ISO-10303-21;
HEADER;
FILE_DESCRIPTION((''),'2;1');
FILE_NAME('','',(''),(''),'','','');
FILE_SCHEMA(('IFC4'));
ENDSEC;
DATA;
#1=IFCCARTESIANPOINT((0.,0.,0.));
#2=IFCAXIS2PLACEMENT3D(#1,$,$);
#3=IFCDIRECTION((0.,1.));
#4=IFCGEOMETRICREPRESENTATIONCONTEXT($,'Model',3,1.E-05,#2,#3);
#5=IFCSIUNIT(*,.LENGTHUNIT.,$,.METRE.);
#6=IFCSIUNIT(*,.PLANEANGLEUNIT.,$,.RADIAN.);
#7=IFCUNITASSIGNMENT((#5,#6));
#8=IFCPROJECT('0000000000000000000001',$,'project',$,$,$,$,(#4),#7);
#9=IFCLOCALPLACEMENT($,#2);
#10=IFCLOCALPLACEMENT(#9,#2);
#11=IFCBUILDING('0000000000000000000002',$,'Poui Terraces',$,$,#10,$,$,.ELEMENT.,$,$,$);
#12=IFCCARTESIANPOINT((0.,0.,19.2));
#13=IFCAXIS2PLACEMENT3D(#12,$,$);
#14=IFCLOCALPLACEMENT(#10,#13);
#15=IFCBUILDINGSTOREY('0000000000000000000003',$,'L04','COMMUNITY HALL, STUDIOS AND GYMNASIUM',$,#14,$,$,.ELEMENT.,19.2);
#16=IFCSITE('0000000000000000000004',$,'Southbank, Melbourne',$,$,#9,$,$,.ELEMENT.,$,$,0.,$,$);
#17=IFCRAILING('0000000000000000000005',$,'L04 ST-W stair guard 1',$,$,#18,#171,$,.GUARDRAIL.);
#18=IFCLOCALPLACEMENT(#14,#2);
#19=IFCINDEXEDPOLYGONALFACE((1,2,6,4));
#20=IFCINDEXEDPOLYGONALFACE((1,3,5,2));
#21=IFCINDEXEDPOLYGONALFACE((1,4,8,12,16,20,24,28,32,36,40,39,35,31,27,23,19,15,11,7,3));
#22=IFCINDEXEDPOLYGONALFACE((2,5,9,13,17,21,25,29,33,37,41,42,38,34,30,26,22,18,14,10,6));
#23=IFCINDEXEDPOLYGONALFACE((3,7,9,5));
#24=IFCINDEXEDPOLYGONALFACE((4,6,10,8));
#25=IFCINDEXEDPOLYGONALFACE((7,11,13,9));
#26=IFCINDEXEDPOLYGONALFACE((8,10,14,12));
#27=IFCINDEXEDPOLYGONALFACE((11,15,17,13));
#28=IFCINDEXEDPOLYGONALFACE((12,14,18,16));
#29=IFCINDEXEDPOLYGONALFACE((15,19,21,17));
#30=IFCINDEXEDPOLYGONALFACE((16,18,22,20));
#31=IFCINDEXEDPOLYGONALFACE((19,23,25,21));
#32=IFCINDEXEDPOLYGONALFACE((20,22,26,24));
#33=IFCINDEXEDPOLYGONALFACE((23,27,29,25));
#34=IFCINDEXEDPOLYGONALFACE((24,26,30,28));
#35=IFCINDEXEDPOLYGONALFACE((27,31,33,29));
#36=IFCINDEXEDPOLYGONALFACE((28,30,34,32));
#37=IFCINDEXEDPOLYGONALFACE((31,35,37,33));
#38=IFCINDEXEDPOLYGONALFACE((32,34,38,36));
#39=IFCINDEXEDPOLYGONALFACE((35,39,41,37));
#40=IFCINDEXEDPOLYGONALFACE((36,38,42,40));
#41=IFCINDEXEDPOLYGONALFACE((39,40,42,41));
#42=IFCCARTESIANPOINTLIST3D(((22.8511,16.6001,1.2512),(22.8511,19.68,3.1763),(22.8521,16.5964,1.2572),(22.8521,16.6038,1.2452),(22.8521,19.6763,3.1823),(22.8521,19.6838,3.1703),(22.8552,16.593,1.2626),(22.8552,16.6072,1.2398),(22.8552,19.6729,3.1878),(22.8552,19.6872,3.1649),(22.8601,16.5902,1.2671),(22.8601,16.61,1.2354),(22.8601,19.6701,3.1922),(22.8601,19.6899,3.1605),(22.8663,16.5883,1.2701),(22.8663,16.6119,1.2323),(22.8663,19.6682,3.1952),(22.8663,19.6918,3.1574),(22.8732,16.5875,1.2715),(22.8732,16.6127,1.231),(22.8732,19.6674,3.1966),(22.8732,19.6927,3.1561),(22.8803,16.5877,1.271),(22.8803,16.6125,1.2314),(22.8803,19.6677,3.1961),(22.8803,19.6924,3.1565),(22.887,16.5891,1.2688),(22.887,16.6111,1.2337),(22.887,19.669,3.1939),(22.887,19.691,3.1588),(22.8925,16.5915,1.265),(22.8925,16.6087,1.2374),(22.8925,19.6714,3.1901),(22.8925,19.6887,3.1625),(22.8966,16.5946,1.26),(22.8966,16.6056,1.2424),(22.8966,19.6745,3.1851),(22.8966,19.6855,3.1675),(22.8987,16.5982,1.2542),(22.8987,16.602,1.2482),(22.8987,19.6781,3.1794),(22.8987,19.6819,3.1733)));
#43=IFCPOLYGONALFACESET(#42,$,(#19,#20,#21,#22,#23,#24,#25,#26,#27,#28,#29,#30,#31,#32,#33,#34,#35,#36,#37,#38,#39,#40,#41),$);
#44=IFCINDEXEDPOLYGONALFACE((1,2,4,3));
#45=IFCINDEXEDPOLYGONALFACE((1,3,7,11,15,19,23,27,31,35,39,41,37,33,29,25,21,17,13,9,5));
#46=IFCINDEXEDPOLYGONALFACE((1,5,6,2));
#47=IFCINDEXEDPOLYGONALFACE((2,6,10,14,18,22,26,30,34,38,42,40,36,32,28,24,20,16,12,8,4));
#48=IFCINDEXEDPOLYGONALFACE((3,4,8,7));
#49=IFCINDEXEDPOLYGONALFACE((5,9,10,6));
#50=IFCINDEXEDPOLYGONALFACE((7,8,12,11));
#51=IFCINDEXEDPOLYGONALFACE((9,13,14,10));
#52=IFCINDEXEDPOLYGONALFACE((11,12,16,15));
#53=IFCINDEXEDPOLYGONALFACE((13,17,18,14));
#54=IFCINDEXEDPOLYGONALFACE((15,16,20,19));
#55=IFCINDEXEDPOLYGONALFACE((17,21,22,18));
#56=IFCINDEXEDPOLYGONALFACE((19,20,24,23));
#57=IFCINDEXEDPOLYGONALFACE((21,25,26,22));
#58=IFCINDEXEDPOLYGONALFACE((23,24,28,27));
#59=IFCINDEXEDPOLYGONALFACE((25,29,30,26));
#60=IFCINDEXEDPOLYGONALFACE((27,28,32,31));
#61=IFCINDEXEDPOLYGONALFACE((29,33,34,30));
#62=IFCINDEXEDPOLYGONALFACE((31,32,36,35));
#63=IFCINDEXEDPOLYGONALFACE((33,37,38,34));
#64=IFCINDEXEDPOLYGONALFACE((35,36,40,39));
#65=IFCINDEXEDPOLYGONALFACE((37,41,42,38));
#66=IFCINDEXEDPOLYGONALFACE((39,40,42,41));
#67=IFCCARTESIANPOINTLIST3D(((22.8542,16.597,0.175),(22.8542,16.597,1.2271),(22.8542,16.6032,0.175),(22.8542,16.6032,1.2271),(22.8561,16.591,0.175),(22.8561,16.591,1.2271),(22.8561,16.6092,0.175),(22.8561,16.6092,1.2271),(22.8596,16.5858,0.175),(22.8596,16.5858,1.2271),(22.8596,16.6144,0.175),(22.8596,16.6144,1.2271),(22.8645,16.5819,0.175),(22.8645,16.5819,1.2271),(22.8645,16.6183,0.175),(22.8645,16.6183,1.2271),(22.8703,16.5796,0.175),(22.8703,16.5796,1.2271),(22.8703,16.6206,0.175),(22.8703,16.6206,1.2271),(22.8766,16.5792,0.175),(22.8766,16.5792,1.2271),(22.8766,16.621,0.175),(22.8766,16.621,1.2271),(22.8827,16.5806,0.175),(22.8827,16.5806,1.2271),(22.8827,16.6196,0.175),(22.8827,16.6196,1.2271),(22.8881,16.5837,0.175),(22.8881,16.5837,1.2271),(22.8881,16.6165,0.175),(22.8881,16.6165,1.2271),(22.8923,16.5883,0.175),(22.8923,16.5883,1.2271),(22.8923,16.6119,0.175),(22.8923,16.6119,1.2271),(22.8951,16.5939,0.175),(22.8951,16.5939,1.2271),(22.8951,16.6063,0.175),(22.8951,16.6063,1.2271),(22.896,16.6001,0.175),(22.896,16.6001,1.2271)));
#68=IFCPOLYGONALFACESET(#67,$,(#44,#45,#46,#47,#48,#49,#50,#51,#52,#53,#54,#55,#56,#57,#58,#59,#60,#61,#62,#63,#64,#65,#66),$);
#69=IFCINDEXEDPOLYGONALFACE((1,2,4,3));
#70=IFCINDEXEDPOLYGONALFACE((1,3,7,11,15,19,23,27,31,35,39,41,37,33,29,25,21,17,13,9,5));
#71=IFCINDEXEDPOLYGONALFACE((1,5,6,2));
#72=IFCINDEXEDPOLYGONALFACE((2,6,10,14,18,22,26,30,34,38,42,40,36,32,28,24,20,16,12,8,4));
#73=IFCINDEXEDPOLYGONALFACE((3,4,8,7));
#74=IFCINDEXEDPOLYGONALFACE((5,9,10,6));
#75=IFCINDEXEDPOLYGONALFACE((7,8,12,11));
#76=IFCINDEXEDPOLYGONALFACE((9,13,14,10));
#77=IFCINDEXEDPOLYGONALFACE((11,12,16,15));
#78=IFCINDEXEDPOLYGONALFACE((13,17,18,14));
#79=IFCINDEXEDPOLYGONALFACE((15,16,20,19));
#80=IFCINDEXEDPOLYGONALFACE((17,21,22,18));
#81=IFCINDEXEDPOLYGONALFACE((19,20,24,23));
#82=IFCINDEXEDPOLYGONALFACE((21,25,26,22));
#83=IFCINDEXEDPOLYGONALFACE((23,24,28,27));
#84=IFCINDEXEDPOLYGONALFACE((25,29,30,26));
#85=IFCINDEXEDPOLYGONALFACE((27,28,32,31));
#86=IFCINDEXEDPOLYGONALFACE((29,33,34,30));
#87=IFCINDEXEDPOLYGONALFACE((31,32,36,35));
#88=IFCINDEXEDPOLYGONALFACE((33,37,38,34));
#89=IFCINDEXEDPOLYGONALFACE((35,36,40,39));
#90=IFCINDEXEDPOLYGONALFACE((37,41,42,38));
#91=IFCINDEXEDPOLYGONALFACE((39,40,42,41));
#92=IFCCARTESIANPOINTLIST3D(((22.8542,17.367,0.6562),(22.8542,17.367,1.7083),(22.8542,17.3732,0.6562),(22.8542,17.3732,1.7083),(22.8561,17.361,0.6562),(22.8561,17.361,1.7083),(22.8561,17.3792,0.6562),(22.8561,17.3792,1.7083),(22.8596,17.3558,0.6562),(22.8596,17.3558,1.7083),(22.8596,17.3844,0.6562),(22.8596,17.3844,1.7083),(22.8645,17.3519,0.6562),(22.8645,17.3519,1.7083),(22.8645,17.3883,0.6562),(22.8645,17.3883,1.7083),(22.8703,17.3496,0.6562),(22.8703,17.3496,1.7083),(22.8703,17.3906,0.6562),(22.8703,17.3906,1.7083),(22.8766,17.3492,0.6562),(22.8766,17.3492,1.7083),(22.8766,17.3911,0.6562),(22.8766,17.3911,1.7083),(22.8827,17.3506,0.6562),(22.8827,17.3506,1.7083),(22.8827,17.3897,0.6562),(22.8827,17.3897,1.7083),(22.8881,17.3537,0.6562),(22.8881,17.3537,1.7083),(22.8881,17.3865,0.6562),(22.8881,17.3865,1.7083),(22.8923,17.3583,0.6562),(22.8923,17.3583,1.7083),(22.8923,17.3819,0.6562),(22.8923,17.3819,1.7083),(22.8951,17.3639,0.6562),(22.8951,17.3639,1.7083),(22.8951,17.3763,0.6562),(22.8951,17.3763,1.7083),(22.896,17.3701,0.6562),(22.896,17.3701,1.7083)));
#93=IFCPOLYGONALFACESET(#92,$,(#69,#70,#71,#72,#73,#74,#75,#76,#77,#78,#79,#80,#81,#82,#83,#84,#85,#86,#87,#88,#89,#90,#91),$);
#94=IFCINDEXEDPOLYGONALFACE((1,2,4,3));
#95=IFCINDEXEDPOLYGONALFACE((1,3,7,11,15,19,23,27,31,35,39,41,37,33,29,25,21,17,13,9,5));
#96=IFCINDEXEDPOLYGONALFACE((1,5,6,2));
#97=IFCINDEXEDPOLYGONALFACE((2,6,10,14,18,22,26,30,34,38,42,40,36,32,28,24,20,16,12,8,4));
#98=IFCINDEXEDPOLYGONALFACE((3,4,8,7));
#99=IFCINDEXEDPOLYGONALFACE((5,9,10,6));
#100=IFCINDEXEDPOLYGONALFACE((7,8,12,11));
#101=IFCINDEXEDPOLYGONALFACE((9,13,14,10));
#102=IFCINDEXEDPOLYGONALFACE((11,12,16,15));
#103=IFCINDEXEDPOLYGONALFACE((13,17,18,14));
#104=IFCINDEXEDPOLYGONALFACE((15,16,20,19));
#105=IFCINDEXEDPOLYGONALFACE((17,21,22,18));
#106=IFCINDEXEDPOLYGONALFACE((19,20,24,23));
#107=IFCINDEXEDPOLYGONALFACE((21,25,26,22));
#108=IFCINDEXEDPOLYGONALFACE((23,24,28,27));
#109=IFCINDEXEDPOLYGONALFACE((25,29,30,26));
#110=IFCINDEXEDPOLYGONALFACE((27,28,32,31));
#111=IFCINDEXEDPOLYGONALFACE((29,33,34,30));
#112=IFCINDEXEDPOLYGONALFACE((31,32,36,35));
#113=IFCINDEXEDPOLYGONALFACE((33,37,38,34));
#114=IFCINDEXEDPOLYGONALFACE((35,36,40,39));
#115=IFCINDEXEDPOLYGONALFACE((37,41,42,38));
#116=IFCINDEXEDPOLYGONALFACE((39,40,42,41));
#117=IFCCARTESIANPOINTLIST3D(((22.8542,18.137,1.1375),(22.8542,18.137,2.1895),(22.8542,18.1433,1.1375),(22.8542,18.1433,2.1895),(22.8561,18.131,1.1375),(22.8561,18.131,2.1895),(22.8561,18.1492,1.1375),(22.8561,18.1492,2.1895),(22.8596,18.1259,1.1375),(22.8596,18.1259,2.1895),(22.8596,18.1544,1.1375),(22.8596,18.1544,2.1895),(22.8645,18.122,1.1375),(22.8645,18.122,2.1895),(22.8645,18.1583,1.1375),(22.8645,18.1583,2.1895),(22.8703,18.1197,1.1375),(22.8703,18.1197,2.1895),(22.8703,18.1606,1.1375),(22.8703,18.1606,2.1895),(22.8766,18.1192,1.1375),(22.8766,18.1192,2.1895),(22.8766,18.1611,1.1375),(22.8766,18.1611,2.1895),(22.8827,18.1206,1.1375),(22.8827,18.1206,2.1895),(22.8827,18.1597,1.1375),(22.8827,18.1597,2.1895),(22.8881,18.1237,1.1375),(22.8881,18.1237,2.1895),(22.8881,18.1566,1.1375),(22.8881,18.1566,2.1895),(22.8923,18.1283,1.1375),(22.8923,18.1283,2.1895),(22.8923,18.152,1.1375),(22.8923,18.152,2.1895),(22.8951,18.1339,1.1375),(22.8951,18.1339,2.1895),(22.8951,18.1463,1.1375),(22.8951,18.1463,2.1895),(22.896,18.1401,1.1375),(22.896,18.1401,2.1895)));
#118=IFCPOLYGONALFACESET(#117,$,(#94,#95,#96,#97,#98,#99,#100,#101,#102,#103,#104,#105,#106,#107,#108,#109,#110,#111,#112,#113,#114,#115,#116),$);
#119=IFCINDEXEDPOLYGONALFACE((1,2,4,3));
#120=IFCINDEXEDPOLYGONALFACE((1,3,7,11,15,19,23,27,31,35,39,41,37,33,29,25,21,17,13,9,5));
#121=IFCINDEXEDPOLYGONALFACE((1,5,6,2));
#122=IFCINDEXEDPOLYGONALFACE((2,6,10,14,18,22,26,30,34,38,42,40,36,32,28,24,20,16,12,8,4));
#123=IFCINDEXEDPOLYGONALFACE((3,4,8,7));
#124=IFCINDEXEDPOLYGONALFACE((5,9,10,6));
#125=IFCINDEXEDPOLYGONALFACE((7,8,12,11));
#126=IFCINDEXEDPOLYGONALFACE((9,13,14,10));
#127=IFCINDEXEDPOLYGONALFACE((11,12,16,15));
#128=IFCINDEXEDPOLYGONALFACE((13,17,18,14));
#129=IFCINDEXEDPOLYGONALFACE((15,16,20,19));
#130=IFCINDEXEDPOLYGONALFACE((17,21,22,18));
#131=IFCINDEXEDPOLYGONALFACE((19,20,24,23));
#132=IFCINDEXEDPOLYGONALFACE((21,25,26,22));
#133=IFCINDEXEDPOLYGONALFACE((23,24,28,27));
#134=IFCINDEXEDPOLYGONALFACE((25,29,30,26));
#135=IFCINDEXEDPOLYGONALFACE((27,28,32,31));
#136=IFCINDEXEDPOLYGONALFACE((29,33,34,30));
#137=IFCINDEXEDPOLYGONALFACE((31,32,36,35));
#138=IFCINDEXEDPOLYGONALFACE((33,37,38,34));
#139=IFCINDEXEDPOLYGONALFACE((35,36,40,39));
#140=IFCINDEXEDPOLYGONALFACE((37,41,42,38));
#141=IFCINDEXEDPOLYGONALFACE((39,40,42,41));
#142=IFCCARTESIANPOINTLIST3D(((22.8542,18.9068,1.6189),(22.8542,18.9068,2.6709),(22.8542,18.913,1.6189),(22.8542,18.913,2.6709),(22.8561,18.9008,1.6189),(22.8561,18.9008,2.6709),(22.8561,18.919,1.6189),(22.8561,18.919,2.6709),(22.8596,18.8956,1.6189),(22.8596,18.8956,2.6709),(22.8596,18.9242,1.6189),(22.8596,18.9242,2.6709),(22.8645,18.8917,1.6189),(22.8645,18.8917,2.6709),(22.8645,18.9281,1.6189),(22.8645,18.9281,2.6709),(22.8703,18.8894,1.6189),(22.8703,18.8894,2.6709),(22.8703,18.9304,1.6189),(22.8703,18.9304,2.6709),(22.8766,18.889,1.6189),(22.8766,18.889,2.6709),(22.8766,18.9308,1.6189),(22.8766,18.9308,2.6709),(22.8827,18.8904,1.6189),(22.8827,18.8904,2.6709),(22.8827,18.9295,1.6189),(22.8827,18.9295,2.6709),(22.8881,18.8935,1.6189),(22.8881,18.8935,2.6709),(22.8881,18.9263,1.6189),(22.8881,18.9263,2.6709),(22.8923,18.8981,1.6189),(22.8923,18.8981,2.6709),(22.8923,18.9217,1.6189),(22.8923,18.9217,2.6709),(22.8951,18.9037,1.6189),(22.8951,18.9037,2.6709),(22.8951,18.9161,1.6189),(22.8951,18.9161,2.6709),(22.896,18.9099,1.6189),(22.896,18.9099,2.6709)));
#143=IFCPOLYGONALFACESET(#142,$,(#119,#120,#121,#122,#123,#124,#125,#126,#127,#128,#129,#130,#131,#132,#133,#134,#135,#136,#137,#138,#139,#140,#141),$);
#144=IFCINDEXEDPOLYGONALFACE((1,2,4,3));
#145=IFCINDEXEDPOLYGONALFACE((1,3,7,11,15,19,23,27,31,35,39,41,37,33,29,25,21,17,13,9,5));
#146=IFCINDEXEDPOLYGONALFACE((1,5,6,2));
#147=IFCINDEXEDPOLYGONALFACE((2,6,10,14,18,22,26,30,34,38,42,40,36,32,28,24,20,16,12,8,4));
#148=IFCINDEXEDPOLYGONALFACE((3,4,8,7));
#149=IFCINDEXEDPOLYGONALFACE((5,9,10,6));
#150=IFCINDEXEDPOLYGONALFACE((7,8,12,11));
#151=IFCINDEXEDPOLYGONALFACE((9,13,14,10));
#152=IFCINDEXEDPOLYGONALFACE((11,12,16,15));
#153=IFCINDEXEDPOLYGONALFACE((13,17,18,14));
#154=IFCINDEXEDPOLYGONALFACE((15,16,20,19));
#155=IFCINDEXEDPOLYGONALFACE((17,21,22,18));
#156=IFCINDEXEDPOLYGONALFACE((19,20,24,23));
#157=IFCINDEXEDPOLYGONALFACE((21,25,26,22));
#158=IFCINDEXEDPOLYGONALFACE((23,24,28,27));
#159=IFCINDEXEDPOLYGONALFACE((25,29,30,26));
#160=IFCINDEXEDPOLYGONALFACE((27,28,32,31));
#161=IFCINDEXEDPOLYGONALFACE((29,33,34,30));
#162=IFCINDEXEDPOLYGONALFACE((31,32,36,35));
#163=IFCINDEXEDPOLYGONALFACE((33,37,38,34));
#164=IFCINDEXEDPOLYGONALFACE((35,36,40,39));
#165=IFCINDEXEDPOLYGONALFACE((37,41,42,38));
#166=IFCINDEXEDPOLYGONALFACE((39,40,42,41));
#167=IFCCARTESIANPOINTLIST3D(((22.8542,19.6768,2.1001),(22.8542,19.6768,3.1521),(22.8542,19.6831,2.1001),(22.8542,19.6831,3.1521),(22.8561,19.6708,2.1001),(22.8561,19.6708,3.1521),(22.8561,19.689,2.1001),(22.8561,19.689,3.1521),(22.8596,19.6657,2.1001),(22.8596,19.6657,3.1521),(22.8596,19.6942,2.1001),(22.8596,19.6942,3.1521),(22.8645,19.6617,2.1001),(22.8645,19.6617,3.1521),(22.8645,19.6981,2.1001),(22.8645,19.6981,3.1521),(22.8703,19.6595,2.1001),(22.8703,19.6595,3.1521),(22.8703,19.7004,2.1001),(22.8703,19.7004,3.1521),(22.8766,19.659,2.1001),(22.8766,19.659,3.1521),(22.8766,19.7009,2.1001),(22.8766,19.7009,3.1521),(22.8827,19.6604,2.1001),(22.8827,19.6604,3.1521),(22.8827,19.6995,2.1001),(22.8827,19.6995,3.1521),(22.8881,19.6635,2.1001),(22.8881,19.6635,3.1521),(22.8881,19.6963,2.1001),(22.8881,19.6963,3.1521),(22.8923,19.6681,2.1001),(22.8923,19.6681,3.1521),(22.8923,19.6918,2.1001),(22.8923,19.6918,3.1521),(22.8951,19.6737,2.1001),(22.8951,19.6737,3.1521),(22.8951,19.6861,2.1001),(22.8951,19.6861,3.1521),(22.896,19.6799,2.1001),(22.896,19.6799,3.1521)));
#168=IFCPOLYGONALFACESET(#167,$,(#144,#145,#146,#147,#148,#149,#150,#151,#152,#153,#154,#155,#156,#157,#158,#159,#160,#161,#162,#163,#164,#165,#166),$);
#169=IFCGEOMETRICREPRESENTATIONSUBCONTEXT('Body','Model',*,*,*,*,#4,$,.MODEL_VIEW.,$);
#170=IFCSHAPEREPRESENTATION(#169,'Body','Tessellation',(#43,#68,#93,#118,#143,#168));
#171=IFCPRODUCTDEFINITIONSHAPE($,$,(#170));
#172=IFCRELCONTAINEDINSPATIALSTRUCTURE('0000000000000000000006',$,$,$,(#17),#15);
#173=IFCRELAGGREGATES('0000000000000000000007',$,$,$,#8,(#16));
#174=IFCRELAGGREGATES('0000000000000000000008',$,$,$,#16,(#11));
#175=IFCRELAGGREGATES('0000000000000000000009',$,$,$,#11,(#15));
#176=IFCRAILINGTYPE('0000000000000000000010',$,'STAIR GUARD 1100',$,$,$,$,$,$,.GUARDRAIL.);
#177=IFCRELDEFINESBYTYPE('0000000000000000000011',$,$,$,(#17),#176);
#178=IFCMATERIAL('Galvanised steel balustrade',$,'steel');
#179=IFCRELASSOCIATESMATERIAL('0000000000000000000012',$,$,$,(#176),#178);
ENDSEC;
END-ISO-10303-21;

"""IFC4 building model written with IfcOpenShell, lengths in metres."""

from ifc_helpers import new_model, si_unit, direction, frame, origin, origin_2d, place, context, subcontext, project, spatial, circle, extrude, material, type_object, element, save


model = new_model("IFC4")

# Units and contexts
model_context = context("Model", 3, precision=1e-05, world=origin(), true_north=direction((0.0, 1.0)))
body_context = subcontext(model_context, "Body", "Model", "MODEL_VIEW")
ifc_project = project(units=[si_unit("LENGTHUNIT", "METRE"), si_unit("PLANEANGLEUNIT", "RADIAN")], contexts=[model_context])

# Site, building, storey
site_placement = place(None, origin())
site = spatial("IfcSite", under=ifc_project, at=site_placement, Name="Southbank, Melbourne", CompositionType="ELEMENT", RefElevation=0.0)
building_placement = place(site_placement, origin())
building = spatial("IfcBuilding", under=site, at=building_placement, Name="Poui Terraces", CompositionType="ELEMENT")
storey_placement = place(building_placement, frame((0.0, 0.0, 19.2)))
storey = spatial("IfcBuildingStorey", under=building, at=storey_placement, Name="L04", Description="COMMUNITY HALL, STUDIOS AND GYMNASIUM", CompositionType="ELEMENT", Elevation=19.2)

# Railing
ifc_material_1 = material(Name="Galvanised steel balustrade", Category="steel")
railing_type_1 = type_object("IfcRailingType", Name="STAIR GUARD 1100", PredefinedType="GUARDRAIL", material=ifc_material_1)
railing_1_placement = place(storey_placement, frame((22.875, 16.6001, 0.175)))
element("IfcRailing", 1, at=railing_1_placement, inside=storey, type_object=railing_type_1, Name="L04 ST-W stair guard 1", PredefinedType="GUARDRAIL", context=body_context, shape_type="SweptSolid", body=[
    extrude(circle(Radius=0.0239, at=origin_2d()), frame((0.0, 0.0, 1.0762), z_axis=(0.0, 0.847979, 0.530029), x_axis=(-1.0, 0.0, 0.0)), (0.0, 0.0, 1.0), 3.6321),
    extrude(circle(Radius=0.021, at=origin_2d()), origin(), (0.0, 0.0, 1.0), 1.052),
    extrude(circle(Radius=0.021, at=origin_2d()), frame((0.0, 0.77, 0.4812)), (0.0, 0.0, 1.0), 1.052),
    extrude(circle(Radius=0.021, at=origin_2d()), frame((0.0, 1.54, 0.9624)), (0.0, 0.0, 1.0), 1.052),
    extrude(circle(Radius=0.021, at=origin_2d()), frame((0.0, 2.3098, 1.4438)), (0.0, 0.0, 1.0), 1.052),
    extrude(circle(Radius=0.021, at=origin_2d()), frame((0.0, 3.0798, 1.925)), (0.0, 0.0, 1.0), 1.052),
])

save(model, "model.ifc")
